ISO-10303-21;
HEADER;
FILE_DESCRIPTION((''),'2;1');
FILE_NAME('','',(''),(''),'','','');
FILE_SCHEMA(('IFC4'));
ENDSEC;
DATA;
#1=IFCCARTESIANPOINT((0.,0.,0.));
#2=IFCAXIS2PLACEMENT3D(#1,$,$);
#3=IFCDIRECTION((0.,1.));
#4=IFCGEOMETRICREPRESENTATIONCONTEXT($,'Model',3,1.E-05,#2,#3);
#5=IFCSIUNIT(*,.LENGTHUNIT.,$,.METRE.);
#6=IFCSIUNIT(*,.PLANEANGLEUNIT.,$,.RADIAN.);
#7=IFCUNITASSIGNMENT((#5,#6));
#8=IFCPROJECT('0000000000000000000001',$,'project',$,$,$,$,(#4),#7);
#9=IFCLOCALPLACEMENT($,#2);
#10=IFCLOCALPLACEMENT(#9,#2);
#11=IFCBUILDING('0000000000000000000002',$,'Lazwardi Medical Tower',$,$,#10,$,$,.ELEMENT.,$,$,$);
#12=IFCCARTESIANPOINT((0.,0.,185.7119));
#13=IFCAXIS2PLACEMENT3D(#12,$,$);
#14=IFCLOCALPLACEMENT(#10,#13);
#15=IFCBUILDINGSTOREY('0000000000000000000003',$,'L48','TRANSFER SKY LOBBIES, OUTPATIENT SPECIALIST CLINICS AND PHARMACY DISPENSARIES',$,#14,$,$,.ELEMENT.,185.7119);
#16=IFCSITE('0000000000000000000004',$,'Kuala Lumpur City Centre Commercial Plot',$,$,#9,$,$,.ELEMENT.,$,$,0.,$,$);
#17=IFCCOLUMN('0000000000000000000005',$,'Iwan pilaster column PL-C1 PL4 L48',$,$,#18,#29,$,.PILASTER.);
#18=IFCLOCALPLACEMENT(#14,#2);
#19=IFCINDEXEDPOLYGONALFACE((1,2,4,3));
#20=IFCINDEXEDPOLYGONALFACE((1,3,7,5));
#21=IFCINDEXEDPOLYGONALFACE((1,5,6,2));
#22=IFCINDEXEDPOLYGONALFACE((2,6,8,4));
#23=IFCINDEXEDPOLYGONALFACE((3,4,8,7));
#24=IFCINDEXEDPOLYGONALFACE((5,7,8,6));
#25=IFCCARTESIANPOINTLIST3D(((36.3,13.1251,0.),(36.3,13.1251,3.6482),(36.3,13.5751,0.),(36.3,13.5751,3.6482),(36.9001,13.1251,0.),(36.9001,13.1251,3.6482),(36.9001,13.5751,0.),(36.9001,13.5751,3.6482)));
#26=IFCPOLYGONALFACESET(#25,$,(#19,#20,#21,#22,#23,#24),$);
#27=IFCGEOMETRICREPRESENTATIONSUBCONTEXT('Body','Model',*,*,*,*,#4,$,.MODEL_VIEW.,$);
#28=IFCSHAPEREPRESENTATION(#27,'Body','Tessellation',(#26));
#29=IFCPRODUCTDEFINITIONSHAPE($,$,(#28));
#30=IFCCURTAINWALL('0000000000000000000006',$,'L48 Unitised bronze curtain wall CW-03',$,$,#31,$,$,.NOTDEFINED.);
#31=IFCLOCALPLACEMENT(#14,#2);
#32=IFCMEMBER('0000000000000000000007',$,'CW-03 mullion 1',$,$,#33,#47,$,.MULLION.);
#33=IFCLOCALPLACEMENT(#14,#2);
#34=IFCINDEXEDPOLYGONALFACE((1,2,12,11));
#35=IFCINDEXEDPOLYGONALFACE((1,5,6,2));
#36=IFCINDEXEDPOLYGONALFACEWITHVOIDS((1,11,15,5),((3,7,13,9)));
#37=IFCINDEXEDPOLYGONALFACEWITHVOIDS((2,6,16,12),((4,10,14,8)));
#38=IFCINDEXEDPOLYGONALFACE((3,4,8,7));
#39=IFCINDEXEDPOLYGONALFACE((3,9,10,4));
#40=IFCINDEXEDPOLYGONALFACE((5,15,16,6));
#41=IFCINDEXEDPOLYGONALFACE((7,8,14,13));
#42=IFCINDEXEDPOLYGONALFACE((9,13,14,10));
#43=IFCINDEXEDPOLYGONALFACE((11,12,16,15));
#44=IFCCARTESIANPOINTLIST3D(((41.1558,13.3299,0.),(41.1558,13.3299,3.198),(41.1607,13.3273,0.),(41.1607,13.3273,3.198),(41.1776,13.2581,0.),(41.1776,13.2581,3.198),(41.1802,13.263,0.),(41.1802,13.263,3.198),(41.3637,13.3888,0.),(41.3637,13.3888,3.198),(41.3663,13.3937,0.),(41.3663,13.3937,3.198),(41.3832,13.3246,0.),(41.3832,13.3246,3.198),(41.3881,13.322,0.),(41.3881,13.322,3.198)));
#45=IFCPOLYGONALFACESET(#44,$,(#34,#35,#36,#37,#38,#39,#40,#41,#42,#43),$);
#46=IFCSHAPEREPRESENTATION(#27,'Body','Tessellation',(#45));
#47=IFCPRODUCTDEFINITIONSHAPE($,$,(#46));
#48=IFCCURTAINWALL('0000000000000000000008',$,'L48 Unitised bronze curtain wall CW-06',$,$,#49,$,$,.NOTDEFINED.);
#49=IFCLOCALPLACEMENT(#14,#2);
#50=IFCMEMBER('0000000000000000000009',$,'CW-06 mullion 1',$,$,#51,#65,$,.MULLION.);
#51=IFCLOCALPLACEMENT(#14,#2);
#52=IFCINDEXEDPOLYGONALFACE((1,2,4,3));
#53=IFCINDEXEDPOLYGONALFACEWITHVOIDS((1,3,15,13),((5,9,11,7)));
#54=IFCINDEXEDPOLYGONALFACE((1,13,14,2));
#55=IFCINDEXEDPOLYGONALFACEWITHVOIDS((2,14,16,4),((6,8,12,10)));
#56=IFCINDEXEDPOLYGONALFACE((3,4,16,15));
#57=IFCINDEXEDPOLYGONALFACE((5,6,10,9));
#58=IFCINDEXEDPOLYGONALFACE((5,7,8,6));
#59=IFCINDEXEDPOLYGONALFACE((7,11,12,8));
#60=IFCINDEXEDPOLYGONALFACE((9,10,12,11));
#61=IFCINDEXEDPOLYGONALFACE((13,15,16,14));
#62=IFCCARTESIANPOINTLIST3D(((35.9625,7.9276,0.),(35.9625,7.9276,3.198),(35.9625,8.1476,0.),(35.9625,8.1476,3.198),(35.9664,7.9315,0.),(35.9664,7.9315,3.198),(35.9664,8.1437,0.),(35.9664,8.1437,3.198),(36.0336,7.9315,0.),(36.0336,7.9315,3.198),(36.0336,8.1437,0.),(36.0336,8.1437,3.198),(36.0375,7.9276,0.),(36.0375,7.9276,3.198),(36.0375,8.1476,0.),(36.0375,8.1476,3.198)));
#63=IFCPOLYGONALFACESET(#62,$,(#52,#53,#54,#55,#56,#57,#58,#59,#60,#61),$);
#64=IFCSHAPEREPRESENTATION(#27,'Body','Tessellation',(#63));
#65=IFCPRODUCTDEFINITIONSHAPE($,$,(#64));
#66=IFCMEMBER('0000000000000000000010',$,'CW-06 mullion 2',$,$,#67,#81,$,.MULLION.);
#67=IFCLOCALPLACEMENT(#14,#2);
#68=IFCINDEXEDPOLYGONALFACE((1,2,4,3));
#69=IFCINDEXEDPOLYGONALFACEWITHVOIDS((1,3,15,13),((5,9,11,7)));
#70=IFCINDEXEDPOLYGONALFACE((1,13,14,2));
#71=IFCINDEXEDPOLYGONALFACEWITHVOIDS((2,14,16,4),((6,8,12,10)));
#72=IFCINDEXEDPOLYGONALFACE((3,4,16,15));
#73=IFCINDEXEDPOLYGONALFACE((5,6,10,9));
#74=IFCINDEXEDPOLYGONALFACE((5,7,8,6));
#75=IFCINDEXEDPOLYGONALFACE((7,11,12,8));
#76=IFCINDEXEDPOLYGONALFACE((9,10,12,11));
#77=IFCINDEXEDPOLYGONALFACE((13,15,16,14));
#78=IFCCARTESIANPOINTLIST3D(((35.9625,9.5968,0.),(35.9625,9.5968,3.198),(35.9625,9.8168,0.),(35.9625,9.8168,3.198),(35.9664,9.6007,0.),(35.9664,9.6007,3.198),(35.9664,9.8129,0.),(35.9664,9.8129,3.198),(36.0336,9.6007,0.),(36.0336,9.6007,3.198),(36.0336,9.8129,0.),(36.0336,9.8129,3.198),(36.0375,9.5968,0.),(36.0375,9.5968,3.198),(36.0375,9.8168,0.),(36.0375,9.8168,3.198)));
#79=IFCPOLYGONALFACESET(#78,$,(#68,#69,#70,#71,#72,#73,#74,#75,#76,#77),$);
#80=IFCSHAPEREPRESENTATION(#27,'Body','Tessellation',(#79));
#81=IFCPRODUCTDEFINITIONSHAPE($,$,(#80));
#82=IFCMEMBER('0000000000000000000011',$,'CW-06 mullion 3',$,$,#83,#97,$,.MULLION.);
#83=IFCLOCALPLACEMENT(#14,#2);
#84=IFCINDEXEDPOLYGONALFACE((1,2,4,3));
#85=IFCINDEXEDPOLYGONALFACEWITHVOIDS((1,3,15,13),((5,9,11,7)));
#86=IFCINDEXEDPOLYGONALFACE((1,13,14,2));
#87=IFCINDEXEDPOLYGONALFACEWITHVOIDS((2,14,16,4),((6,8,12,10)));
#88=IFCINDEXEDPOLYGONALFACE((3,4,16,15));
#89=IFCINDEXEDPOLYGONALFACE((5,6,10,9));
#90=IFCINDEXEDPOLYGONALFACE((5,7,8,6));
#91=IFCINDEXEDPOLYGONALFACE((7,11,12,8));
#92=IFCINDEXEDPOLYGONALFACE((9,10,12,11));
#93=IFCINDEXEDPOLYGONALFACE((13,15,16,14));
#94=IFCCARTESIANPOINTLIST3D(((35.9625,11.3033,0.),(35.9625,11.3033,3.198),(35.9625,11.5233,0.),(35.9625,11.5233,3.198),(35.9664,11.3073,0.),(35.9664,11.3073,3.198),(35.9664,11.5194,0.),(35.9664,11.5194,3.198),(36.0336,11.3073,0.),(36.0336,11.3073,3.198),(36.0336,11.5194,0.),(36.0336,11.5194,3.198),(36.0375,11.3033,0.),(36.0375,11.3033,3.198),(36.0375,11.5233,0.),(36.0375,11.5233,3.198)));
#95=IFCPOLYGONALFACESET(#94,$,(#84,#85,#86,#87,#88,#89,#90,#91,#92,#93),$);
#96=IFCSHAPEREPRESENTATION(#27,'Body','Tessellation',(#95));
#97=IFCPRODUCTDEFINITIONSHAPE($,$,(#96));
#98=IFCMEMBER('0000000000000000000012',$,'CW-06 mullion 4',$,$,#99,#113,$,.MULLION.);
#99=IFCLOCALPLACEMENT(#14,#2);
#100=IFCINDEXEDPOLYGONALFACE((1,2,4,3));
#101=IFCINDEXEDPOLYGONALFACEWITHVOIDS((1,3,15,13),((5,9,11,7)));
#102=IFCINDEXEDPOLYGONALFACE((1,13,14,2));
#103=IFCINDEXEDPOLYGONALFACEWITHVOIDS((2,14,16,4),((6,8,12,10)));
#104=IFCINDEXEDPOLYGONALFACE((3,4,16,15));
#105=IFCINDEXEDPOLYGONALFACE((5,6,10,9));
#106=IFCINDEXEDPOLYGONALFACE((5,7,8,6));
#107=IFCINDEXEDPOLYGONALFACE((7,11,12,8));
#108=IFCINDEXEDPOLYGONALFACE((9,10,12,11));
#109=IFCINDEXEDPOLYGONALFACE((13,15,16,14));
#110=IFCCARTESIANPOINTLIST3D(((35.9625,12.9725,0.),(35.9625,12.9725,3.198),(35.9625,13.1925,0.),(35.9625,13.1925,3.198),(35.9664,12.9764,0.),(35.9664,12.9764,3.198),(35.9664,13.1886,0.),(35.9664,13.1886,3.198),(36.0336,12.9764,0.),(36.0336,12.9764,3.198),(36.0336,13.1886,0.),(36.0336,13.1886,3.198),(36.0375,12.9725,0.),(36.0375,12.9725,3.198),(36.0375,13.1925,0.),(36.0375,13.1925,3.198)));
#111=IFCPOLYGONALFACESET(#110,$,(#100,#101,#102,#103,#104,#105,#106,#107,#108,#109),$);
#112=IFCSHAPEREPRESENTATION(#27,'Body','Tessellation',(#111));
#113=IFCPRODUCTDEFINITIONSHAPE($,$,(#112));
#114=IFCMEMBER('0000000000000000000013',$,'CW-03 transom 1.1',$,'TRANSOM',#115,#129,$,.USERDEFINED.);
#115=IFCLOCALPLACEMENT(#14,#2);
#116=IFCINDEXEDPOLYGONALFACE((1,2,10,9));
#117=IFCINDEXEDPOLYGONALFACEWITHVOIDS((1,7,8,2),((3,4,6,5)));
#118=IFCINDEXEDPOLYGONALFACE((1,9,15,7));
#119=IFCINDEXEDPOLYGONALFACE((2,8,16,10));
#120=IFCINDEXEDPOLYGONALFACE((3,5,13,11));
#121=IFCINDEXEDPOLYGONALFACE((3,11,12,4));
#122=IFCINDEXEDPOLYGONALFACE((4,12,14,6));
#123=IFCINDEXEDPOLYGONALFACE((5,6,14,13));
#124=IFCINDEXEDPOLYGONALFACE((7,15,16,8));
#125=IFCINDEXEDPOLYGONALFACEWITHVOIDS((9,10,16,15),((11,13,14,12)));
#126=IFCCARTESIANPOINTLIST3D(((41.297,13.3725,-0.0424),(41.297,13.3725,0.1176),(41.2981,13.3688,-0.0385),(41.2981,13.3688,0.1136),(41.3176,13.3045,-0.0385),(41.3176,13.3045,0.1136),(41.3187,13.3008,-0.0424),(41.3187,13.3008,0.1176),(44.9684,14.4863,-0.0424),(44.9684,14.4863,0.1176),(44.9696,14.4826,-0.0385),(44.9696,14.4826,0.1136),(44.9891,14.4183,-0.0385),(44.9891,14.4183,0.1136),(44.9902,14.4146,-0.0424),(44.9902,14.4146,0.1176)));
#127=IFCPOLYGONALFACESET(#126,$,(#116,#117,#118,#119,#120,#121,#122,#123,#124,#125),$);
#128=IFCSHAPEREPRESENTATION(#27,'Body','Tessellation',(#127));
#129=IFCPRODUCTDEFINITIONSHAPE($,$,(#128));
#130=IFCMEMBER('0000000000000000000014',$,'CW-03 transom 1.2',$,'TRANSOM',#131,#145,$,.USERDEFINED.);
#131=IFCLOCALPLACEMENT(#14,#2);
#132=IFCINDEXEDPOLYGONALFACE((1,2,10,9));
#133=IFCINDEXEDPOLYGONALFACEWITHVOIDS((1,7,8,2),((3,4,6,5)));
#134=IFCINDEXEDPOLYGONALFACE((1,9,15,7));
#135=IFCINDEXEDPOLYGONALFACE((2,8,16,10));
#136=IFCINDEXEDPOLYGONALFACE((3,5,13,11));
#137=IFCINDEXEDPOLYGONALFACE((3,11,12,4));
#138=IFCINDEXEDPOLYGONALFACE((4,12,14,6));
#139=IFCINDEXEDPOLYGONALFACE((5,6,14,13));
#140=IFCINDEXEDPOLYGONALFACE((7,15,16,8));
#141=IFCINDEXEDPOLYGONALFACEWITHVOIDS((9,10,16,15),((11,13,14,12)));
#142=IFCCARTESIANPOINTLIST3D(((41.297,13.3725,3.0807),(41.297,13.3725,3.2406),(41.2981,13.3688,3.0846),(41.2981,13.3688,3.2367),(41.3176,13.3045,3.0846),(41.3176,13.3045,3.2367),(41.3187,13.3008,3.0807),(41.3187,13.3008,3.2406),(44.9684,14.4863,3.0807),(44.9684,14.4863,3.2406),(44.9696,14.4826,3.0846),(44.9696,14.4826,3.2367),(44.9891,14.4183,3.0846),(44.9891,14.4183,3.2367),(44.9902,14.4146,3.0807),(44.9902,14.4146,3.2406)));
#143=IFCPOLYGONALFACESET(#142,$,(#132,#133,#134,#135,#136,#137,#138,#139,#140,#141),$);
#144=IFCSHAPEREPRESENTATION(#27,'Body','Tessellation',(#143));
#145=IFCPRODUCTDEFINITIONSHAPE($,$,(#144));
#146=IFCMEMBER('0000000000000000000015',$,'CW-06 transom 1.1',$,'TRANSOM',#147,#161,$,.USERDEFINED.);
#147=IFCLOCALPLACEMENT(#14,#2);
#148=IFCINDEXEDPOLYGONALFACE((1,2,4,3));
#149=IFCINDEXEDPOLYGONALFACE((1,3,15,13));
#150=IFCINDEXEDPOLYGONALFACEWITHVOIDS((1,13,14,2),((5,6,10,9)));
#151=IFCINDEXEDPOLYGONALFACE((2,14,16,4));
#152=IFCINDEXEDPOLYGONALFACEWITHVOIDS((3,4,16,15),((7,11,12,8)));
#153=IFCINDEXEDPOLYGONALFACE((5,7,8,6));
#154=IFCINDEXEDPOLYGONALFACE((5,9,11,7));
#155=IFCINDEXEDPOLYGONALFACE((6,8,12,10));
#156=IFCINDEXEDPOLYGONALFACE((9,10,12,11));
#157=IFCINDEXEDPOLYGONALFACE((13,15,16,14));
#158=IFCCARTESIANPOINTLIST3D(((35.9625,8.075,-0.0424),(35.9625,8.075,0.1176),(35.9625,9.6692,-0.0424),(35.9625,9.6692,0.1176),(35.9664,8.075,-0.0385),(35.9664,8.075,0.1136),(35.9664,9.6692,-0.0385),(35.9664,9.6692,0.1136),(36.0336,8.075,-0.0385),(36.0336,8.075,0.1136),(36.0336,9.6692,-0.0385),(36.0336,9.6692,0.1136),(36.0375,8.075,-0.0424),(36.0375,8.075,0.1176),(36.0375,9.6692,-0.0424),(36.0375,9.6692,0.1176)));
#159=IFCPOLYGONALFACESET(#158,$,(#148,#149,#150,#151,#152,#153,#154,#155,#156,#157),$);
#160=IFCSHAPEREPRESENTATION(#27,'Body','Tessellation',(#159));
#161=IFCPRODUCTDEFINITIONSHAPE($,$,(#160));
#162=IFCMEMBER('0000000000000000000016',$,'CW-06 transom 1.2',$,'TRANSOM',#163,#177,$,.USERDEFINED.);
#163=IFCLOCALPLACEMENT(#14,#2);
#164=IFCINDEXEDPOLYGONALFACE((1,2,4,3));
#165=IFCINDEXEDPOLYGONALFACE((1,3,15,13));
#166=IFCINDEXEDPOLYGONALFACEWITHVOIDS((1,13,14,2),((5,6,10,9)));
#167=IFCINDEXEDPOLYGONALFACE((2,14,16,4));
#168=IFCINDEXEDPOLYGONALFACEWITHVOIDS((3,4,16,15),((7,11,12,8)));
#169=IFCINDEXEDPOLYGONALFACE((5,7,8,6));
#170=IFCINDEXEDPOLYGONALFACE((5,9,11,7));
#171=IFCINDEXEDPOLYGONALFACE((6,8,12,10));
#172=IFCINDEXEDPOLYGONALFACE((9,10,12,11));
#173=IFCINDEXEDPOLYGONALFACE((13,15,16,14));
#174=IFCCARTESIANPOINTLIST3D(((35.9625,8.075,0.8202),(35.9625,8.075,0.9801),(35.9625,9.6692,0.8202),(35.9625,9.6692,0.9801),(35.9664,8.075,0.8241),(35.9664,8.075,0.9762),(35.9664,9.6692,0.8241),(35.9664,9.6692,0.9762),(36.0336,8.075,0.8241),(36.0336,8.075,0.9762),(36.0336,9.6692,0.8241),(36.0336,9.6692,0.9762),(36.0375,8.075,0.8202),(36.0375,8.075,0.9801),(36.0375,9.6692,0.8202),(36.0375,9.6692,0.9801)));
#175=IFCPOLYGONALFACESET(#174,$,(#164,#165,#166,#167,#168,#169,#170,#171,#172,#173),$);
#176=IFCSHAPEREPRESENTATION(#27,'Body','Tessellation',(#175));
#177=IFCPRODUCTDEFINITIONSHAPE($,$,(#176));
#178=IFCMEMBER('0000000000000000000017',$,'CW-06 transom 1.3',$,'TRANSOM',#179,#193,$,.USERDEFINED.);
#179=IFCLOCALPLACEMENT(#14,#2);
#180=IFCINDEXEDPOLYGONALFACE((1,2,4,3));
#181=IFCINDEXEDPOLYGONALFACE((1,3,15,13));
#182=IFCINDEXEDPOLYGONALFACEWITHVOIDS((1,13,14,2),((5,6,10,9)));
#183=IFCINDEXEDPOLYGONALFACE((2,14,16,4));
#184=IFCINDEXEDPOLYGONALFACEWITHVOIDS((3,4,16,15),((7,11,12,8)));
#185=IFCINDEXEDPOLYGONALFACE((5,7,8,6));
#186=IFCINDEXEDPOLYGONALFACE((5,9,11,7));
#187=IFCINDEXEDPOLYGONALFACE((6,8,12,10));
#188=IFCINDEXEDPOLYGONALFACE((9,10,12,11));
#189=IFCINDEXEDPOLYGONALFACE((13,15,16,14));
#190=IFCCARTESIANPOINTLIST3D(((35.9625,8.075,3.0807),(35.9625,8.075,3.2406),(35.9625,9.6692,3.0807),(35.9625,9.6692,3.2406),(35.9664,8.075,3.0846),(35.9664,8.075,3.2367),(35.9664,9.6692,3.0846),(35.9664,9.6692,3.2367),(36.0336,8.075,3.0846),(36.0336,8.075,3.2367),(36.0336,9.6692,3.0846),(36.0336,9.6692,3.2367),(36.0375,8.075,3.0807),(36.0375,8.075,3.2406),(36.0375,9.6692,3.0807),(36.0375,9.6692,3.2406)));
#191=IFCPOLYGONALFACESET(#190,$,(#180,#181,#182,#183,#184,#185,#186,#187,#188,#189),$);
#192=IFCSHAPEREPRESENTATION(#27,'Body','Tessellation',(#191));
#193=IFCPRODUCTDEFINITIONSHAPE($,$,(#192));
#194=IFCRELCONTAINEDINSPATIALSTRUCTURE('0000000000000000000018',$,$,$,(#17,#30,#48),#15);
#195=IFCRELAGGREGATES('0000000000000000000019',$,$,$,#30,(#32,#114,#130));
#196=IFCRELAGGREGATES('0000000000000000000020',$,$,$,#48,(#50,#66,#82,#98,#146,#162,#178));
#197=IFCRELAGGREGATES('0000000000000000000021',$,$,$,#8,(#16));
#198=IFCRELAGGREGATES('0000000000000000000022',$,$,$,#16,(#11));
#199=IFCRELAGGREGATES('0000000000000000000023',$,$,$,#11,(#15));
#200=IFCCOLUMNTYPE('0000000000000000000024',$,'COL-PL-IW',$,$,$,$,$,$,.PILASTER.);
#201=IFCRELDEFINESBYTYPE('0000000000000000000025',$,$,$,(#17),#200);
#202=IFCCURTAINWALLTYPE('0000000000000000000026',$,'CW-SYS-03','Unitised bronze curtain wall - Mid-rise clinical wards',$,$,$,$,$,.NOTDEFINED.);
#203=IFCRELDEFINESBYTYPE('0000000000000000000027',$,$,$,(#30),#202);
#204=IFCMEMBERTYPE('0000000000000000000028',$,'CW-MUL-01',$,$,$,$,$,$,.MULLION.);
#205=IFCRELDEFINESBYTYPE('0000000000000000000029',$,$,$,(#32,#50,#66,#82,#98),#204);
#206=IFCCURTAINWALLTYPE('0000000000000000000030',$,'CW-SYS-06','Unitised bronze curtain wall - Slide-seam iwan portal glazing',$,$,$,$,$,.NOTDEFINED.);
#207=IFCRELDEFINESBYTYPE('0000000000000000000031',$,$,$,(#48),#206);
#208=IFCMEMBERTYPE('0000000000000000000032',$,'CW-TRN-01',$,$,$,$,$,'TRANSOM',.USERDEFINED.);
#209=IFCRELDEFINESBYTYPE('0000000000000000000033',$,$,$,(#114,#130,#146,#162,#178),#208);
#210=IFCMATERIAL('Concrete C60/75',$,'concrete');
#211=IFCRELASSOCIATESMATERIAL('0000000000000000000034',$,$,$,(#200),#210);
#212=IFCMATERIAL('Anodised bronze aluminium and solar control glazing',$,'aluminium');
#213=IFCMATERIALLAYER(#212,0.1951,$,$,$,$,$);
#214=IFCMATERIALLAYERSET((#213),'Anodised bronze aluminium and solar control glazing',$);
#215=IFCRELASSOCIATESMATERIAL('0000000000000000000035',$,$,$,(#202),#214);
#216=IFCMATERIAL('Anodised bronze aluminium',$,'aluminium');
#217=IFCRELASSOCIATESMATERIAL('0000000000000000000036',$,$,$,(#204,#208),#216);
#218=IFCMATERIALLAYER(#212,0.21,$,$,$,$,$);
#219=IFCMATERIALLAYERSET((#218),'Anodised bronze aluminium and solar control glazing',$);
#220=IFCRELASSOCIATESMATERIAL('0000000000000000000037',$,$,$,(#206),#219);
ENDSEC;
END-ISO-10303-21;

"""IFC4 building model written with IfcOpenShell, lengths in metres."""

from ifc_helpers import new_model, si_unit, direction, frame, origin, origin_2d, place, context, subcontext, project, spatial, rectangle, hollow_rectangle, extrude, material, layer, layer_set, material_profile, profile_set, type_object, element, aggregate, save


model = new_model("IFC4")

# Units and contexts
model_context = context("Model", 3, precision=1e-05, world=origin(), true_north=direction((0.0, 1.0)))
body_context = subcontext(model_context, "Body", "Model", "MODEL_VIEW")
ifc_project = project(units=[si_unit("LENGTHUNIT", "METRE"), si_unit("PLANEANGLEUNIT", "RADIAN")], contexts=[model_context])

# Site, building, storey
site_placement = place(None, origin())
site = spatial("IfcSite", under=ifc_project, at=site_placement, Name="Kuala Lumpur City Centre Commercial Plot", CompositionType="ELEMENT", RefElevation=0.0)
building_placement = place(site_placement, origin())
building = spatial("IfcBuilding", under=site, at=building_placement, Name="Lazwardi Medical Tower", CompositionType="ELEMENT")
storey_placement = place(building_placement, frame((0.0, 0.0, 185.7119)))
storey = spatial("IfcBuildingStorey", under=building, at=storey_placement, Name="L48", Description="TRANSFER SKY LOBBIES, OUTPATIENT SPECIALIST CLINICS AND PHARMACY DISPENSARIES", CompositionType="ELEMENT", Elevation=185.7119)

# Column
ifc_material_1 = material(Name="Concrete C60/75", Category="concrete")
ifc_material_profile_1 = material_profile(ifc_material_1, rectangle(XDim=0.6001, YDim=0.45, at=origin_2d()), Name="RC 600x450")
ifc_profile_set_1 = profile_set([ifc_material_profile_1], Name="Concrete C60/75")
column_type = type_object("IfcColumnType", Name="COL-PL-IW", PredefinedType="PILASTER", material=ifc_profile_set_1)
column_placement = place(storey_placement, frame((36.6001, 13.3501, 0.0), z_axis=(0.0, 0.0, 1.0), x_axis=(1.0, 0.0, 0.0)))
element("IfcColumn", 1, at=column_placement, inside=storey, type_object=column_type, Name="Iwan pilaster column PL-C1 PL4 L48", PredefinedType="PILASTER", context=body_context, shape_type="SweptSolid", body=[
    extrude(rectangle(XDim=0.6001, YDim=0.45, at=origin_2d()), origin(), (0.0, 0.0, 1.0), 3.6482),
])

# Curtain wall, member
ifc_material_2 = material(Name="Anodised bronze aluminium and solar control glazing", Category="aluminium")
ifc_layer_1 = layer(ifc_material_2, 0.1951)
ifc_layer_set_1 = layer_set([ifc_layer_1], Name="Anodised bronze aluminium and solar control glazing")
curtain_wall_type_1 = type_object("IfcCurtainWallType", Name="CW-SYS-03", Description="Unitised bronze curtain wall - Mid-rise clinical wards", PredefinedType="NOTDEFINED", material=ifc_layer_set_1)
curtain_wall_1_placement = place(storey_placement, origin())
curtain_wall_1 = element("IfcCurtainWall", 2, at=curtain_wall_1_placement, inside=storey, type_object=curtain_wall_type_1, Name="L48 Unitised bronze curtain wall CW-03", PredefinedType="NOTDEFINED")
ifc_material_3 = material(Name="Anodised bronze aluminium", Category="aluminium")
ifc_material_profile_2 = material_profile(ifc_material_3, hollow_rectangle(XDim=0.075, YDim=0.22, WallThickness=0.0039, at=origin_2d()), Name="ALU-MULLION 220x75x4")
ifc_profile_set_2 = profile_set([ifc_material_profile_2], Name="Anodised bronze aluminium")
member_type_1 = type_object("IfcMemberType", Name="CW-MUL-01", PredefinedType="MULLION", material=ifc_profile_set_2)
member_1_placement = place(storey_placement, frame((41.272, 13.3259, 0.0), z_axis=(0.0, 0.0, 1.0), x_axis=(-0.290281, 0.956942, 0.0)))
member_1 = element("IfcMember", 3, at=member_1_placement, type_object=member_type_1, Name="CW-03 mullion 1", PredefinedType="MULLION", context=body_context, shape_type="SweptSolid", body=[
    extrude(hollow_rectangle(XDim=0.075, YDim=0.22, WallThickness=0.0039, at=origin_2d()), origin(), (0.0, 0.0, 1.0), 3.198),
])

# Curtain wall, members
ifc_layer_2 = layer(ifc_material_2, 0.21)
ifc_layer_set_2 = layer_set([ifc_layer_2], Name="Anodised bronze aluminium and solar control glazing")
curtain_wall_type_2 = type_object("IfcCurtainWallType", Name="CW-SYS-06", Description="Unitised bronze curtain wall - Slide-seam iwan portal glazing", PredefinedType="NOTDEFINED", material=ifc_layer_set_2)
curtain_wall_2_placement = place(storey_placement, origin())
curtain_wall_2 = element("IfcCurtainWall", 4, at=curtain_wall_2_placement, inside=storey, type_object=curtain_wall_type_2, Name="L48 Unitised bronze curtain wall CW-06", PredefinedType="NOTDEFINED")
member_2_placement = place(storey_placement, frame((36.0, 8.0376, 0.0), z_axis=(0.0, 0.0, 1.0), x_axis=(-1.0, 0.0, 0.0)))
member_2 = element("IfcMember", 5, at=member_2_placement, type_object=member_type_1, Name="CW-06 mullion 1", PredefinedType="MULLION", context=body_context, shape_type="SweptSolid", body=[
    extrude(hollow_rectangle(XDim=0.075, YDim=0.22, WallThickness=0.0039, at=origin_2d()), origin(), (0.0, 0.0, 1.0), 3.198),
])
member_3_placement = place(storey_placement, frame((36.0, 9.7068, 0.0), z_axis=(0.0, 0.0, 1.0), x_axis=(-1.0, 0.0, 0.0)))
member_3 = element("IfcMember", 6, at=member_3_placement, type_object=member_type_1, Name="CW-06 mullion 2", PredefinedType="MULLION", context=body_context, shape_type="SweptSolid", body=[
    extrude(hollow_rectangle(XDim=0.075, YDim=0.22, WallThickness=0.0039, at=origin_2d()), origin(), (0.0, 0.0, 1.0), 3.198),
])
member_4_placement = place(storey_placement, frame((36.0, 11.4133, 0.0), z_axis=(0.0, 0.0, 1.0), x_axis=(-1.0, 0.0, 0.0)))
member_4 = element("IfcMember", 7, at=member_4_placement, type_object=member_type_1, Name="CW-06 mullion 3", PredefinedType="MULLION", context=body_context, shape_type="SweptSolid", body=[
    extrude(hollow_rectangle(XDim=0.075, YDim=0.22, WallThickness=0.0039, at=origin_2d()), origin(), (0.0, 0.0, 1.0), 3.198),
])
member_5_placement = place(storey_placement, frame((36.0, 13.0825, 0.0), z_axis=(0.0, 0.0, 1.0), x_axis=(-1.0, 0.0, 0.0)))
member_5 = element("IfcMember", 8, at=member_5_placement, type_object=member_type_1, Name="CW-06 mullion 4", PredefinedType="MULLION", context=body_context, shape_type="SweptSolid", body=[
    extrude(hollow_rectangle(XDim=0.075, YDim=0.22, WallThickness=0.0039, at=origin_2d()), origin(), (0.0, 0.0, 1.0), 3.198),
])

# Members
ifc_material_profile_3 = material_profile(ifc_material_3, hollow_rectangle(XDim=0.075, YDim=0.1599, WallThickness=0.0039, at=origin_2d()), Name="ALU-TRANSOM 160x75x4")
ifc_profile_set_3 = profile_set([ifc_material_profile_3], Name="Anodised bronze aluminium")
member_type_2 = type_object("IfcMemberType", Name="CW-TRN-01", ElementType="TRANSOM", PredefinedType="USERDEFINED", material=ifc_profile_set_3)
member_6_placement = place(storey_placement, frame((41.3079, 13.3367, 0.0376), z_axis=(0.956936, 0.290301, 0.0), x_axis=(-0.290301, 0.956936, 0.0)))
member_6 = element("IfcMember", 9, at=member_6_placement, type_object=member_type_2, Name="CW-03 transom 1.1", ObjectType="TRANSOM", PredefinedType="USERDEFINED", context=body_context, shape_type="SweptSolid", body=[
    extrude(hollow_rectangle(XDim=0.075, YDim=0.1599, WallThickness=0.0039, at=origin_2d()), origin(), (0.0, 0.0, 1.0), 3.8367),
])
member_7_placement = place(storey_placement, frame((41.3079, 13.3367, 3.1606), z_axis=(0.956936, 0.290301, 0.0), x_axis=(-0.290301, 0.956936, 0.0)))
member_7 = element("IfcMember", 10, at=member_7_placement, type_object=member_type_2, Name="CW-03 transom 1.2", ObjectType="TRANSOM", PredefinedType="USERDEFINED", context=body_context, shape_type="SweptSolid", body=[
    extrude(hollow_rectangle(XDim=0.075, YDim=0.1599, WallThickness=0.0039, at=origin_2d()), origin(), (0.0, 0.0, 1.0), 3.8367),
])
aggregate(curtain_wall_1, [member_1, member_6, member_7])
member_8_placement = place(storey_placement, frame((36.0, 8.075, 0.0376), z_axis=(0.0, 1.0, 0.0), x_axis=(-1.0, 0.0, 0.0)))
member_8 = element("IfcMember", 11, at=member_8_placement, type_object=member_type_2, Name="CW-06 transom 1.1", ObjectType="TRANSOM", PredefinedType="USERDEFINED", context=body_context, shape_type="SweptSolid", body=[
    extrude(hollow_rectangle(XDim=0.075, YDim=0.1599, WallThickness=0.0039, at=origin_2d()), origin(), (0.0, 0.0, 1.0), 1.5942),
])
member_9_placement = place(storey_placement, frame((36.0, 8.075, 0.9001), z_axis=(0.0, 1.0, 0.0), x_axis=(-1.0, 0.0, 0.0)))
member_9 = element("IfcMember", 12, at=member_9_placement, type_object=member_type_2, Name="CW-06 transom 1.2", ObjectType="TRANSOM", PredefinedType="USERDEFINED", context=body_context, shape_type="SweptSolid", body=[
    extrude(hollow_rectangle(XDim=0.075, YDim=0.1599, WallThickness=0.0039, at=origin_2d()), origin(), (0.0, 0.0, 1.0), 1.5942),
])
member_10_placement = place(storey_placement, frame((36.0, 8.075, 3.1606), z_axis=(0.0, 1.0, 0.0), x_axis=(-1.0, 0.0, 0.0)))
member_10 = element("IfcMember", 13, at=member_10_placement, type_object=member_type_2, Name="CW-06 transom 1.3", ObjectType="TRANSOM", PredefinedType="USERDEFINED", context=body_context, shape_type="SweptSolid", body=[
    extrude(hollow_rectangle(XDim=0.075, YDim=0.1599, WallThickness=0.0039, at=origin_2d()), origin(), (0.0, 0.0, 1.0), 1.5942),
])

aggregate(curtain_wall_2, [member_2, member_3, member_4, member_5, member_8, member_9, member_10])

save(model, "model.ifc")
